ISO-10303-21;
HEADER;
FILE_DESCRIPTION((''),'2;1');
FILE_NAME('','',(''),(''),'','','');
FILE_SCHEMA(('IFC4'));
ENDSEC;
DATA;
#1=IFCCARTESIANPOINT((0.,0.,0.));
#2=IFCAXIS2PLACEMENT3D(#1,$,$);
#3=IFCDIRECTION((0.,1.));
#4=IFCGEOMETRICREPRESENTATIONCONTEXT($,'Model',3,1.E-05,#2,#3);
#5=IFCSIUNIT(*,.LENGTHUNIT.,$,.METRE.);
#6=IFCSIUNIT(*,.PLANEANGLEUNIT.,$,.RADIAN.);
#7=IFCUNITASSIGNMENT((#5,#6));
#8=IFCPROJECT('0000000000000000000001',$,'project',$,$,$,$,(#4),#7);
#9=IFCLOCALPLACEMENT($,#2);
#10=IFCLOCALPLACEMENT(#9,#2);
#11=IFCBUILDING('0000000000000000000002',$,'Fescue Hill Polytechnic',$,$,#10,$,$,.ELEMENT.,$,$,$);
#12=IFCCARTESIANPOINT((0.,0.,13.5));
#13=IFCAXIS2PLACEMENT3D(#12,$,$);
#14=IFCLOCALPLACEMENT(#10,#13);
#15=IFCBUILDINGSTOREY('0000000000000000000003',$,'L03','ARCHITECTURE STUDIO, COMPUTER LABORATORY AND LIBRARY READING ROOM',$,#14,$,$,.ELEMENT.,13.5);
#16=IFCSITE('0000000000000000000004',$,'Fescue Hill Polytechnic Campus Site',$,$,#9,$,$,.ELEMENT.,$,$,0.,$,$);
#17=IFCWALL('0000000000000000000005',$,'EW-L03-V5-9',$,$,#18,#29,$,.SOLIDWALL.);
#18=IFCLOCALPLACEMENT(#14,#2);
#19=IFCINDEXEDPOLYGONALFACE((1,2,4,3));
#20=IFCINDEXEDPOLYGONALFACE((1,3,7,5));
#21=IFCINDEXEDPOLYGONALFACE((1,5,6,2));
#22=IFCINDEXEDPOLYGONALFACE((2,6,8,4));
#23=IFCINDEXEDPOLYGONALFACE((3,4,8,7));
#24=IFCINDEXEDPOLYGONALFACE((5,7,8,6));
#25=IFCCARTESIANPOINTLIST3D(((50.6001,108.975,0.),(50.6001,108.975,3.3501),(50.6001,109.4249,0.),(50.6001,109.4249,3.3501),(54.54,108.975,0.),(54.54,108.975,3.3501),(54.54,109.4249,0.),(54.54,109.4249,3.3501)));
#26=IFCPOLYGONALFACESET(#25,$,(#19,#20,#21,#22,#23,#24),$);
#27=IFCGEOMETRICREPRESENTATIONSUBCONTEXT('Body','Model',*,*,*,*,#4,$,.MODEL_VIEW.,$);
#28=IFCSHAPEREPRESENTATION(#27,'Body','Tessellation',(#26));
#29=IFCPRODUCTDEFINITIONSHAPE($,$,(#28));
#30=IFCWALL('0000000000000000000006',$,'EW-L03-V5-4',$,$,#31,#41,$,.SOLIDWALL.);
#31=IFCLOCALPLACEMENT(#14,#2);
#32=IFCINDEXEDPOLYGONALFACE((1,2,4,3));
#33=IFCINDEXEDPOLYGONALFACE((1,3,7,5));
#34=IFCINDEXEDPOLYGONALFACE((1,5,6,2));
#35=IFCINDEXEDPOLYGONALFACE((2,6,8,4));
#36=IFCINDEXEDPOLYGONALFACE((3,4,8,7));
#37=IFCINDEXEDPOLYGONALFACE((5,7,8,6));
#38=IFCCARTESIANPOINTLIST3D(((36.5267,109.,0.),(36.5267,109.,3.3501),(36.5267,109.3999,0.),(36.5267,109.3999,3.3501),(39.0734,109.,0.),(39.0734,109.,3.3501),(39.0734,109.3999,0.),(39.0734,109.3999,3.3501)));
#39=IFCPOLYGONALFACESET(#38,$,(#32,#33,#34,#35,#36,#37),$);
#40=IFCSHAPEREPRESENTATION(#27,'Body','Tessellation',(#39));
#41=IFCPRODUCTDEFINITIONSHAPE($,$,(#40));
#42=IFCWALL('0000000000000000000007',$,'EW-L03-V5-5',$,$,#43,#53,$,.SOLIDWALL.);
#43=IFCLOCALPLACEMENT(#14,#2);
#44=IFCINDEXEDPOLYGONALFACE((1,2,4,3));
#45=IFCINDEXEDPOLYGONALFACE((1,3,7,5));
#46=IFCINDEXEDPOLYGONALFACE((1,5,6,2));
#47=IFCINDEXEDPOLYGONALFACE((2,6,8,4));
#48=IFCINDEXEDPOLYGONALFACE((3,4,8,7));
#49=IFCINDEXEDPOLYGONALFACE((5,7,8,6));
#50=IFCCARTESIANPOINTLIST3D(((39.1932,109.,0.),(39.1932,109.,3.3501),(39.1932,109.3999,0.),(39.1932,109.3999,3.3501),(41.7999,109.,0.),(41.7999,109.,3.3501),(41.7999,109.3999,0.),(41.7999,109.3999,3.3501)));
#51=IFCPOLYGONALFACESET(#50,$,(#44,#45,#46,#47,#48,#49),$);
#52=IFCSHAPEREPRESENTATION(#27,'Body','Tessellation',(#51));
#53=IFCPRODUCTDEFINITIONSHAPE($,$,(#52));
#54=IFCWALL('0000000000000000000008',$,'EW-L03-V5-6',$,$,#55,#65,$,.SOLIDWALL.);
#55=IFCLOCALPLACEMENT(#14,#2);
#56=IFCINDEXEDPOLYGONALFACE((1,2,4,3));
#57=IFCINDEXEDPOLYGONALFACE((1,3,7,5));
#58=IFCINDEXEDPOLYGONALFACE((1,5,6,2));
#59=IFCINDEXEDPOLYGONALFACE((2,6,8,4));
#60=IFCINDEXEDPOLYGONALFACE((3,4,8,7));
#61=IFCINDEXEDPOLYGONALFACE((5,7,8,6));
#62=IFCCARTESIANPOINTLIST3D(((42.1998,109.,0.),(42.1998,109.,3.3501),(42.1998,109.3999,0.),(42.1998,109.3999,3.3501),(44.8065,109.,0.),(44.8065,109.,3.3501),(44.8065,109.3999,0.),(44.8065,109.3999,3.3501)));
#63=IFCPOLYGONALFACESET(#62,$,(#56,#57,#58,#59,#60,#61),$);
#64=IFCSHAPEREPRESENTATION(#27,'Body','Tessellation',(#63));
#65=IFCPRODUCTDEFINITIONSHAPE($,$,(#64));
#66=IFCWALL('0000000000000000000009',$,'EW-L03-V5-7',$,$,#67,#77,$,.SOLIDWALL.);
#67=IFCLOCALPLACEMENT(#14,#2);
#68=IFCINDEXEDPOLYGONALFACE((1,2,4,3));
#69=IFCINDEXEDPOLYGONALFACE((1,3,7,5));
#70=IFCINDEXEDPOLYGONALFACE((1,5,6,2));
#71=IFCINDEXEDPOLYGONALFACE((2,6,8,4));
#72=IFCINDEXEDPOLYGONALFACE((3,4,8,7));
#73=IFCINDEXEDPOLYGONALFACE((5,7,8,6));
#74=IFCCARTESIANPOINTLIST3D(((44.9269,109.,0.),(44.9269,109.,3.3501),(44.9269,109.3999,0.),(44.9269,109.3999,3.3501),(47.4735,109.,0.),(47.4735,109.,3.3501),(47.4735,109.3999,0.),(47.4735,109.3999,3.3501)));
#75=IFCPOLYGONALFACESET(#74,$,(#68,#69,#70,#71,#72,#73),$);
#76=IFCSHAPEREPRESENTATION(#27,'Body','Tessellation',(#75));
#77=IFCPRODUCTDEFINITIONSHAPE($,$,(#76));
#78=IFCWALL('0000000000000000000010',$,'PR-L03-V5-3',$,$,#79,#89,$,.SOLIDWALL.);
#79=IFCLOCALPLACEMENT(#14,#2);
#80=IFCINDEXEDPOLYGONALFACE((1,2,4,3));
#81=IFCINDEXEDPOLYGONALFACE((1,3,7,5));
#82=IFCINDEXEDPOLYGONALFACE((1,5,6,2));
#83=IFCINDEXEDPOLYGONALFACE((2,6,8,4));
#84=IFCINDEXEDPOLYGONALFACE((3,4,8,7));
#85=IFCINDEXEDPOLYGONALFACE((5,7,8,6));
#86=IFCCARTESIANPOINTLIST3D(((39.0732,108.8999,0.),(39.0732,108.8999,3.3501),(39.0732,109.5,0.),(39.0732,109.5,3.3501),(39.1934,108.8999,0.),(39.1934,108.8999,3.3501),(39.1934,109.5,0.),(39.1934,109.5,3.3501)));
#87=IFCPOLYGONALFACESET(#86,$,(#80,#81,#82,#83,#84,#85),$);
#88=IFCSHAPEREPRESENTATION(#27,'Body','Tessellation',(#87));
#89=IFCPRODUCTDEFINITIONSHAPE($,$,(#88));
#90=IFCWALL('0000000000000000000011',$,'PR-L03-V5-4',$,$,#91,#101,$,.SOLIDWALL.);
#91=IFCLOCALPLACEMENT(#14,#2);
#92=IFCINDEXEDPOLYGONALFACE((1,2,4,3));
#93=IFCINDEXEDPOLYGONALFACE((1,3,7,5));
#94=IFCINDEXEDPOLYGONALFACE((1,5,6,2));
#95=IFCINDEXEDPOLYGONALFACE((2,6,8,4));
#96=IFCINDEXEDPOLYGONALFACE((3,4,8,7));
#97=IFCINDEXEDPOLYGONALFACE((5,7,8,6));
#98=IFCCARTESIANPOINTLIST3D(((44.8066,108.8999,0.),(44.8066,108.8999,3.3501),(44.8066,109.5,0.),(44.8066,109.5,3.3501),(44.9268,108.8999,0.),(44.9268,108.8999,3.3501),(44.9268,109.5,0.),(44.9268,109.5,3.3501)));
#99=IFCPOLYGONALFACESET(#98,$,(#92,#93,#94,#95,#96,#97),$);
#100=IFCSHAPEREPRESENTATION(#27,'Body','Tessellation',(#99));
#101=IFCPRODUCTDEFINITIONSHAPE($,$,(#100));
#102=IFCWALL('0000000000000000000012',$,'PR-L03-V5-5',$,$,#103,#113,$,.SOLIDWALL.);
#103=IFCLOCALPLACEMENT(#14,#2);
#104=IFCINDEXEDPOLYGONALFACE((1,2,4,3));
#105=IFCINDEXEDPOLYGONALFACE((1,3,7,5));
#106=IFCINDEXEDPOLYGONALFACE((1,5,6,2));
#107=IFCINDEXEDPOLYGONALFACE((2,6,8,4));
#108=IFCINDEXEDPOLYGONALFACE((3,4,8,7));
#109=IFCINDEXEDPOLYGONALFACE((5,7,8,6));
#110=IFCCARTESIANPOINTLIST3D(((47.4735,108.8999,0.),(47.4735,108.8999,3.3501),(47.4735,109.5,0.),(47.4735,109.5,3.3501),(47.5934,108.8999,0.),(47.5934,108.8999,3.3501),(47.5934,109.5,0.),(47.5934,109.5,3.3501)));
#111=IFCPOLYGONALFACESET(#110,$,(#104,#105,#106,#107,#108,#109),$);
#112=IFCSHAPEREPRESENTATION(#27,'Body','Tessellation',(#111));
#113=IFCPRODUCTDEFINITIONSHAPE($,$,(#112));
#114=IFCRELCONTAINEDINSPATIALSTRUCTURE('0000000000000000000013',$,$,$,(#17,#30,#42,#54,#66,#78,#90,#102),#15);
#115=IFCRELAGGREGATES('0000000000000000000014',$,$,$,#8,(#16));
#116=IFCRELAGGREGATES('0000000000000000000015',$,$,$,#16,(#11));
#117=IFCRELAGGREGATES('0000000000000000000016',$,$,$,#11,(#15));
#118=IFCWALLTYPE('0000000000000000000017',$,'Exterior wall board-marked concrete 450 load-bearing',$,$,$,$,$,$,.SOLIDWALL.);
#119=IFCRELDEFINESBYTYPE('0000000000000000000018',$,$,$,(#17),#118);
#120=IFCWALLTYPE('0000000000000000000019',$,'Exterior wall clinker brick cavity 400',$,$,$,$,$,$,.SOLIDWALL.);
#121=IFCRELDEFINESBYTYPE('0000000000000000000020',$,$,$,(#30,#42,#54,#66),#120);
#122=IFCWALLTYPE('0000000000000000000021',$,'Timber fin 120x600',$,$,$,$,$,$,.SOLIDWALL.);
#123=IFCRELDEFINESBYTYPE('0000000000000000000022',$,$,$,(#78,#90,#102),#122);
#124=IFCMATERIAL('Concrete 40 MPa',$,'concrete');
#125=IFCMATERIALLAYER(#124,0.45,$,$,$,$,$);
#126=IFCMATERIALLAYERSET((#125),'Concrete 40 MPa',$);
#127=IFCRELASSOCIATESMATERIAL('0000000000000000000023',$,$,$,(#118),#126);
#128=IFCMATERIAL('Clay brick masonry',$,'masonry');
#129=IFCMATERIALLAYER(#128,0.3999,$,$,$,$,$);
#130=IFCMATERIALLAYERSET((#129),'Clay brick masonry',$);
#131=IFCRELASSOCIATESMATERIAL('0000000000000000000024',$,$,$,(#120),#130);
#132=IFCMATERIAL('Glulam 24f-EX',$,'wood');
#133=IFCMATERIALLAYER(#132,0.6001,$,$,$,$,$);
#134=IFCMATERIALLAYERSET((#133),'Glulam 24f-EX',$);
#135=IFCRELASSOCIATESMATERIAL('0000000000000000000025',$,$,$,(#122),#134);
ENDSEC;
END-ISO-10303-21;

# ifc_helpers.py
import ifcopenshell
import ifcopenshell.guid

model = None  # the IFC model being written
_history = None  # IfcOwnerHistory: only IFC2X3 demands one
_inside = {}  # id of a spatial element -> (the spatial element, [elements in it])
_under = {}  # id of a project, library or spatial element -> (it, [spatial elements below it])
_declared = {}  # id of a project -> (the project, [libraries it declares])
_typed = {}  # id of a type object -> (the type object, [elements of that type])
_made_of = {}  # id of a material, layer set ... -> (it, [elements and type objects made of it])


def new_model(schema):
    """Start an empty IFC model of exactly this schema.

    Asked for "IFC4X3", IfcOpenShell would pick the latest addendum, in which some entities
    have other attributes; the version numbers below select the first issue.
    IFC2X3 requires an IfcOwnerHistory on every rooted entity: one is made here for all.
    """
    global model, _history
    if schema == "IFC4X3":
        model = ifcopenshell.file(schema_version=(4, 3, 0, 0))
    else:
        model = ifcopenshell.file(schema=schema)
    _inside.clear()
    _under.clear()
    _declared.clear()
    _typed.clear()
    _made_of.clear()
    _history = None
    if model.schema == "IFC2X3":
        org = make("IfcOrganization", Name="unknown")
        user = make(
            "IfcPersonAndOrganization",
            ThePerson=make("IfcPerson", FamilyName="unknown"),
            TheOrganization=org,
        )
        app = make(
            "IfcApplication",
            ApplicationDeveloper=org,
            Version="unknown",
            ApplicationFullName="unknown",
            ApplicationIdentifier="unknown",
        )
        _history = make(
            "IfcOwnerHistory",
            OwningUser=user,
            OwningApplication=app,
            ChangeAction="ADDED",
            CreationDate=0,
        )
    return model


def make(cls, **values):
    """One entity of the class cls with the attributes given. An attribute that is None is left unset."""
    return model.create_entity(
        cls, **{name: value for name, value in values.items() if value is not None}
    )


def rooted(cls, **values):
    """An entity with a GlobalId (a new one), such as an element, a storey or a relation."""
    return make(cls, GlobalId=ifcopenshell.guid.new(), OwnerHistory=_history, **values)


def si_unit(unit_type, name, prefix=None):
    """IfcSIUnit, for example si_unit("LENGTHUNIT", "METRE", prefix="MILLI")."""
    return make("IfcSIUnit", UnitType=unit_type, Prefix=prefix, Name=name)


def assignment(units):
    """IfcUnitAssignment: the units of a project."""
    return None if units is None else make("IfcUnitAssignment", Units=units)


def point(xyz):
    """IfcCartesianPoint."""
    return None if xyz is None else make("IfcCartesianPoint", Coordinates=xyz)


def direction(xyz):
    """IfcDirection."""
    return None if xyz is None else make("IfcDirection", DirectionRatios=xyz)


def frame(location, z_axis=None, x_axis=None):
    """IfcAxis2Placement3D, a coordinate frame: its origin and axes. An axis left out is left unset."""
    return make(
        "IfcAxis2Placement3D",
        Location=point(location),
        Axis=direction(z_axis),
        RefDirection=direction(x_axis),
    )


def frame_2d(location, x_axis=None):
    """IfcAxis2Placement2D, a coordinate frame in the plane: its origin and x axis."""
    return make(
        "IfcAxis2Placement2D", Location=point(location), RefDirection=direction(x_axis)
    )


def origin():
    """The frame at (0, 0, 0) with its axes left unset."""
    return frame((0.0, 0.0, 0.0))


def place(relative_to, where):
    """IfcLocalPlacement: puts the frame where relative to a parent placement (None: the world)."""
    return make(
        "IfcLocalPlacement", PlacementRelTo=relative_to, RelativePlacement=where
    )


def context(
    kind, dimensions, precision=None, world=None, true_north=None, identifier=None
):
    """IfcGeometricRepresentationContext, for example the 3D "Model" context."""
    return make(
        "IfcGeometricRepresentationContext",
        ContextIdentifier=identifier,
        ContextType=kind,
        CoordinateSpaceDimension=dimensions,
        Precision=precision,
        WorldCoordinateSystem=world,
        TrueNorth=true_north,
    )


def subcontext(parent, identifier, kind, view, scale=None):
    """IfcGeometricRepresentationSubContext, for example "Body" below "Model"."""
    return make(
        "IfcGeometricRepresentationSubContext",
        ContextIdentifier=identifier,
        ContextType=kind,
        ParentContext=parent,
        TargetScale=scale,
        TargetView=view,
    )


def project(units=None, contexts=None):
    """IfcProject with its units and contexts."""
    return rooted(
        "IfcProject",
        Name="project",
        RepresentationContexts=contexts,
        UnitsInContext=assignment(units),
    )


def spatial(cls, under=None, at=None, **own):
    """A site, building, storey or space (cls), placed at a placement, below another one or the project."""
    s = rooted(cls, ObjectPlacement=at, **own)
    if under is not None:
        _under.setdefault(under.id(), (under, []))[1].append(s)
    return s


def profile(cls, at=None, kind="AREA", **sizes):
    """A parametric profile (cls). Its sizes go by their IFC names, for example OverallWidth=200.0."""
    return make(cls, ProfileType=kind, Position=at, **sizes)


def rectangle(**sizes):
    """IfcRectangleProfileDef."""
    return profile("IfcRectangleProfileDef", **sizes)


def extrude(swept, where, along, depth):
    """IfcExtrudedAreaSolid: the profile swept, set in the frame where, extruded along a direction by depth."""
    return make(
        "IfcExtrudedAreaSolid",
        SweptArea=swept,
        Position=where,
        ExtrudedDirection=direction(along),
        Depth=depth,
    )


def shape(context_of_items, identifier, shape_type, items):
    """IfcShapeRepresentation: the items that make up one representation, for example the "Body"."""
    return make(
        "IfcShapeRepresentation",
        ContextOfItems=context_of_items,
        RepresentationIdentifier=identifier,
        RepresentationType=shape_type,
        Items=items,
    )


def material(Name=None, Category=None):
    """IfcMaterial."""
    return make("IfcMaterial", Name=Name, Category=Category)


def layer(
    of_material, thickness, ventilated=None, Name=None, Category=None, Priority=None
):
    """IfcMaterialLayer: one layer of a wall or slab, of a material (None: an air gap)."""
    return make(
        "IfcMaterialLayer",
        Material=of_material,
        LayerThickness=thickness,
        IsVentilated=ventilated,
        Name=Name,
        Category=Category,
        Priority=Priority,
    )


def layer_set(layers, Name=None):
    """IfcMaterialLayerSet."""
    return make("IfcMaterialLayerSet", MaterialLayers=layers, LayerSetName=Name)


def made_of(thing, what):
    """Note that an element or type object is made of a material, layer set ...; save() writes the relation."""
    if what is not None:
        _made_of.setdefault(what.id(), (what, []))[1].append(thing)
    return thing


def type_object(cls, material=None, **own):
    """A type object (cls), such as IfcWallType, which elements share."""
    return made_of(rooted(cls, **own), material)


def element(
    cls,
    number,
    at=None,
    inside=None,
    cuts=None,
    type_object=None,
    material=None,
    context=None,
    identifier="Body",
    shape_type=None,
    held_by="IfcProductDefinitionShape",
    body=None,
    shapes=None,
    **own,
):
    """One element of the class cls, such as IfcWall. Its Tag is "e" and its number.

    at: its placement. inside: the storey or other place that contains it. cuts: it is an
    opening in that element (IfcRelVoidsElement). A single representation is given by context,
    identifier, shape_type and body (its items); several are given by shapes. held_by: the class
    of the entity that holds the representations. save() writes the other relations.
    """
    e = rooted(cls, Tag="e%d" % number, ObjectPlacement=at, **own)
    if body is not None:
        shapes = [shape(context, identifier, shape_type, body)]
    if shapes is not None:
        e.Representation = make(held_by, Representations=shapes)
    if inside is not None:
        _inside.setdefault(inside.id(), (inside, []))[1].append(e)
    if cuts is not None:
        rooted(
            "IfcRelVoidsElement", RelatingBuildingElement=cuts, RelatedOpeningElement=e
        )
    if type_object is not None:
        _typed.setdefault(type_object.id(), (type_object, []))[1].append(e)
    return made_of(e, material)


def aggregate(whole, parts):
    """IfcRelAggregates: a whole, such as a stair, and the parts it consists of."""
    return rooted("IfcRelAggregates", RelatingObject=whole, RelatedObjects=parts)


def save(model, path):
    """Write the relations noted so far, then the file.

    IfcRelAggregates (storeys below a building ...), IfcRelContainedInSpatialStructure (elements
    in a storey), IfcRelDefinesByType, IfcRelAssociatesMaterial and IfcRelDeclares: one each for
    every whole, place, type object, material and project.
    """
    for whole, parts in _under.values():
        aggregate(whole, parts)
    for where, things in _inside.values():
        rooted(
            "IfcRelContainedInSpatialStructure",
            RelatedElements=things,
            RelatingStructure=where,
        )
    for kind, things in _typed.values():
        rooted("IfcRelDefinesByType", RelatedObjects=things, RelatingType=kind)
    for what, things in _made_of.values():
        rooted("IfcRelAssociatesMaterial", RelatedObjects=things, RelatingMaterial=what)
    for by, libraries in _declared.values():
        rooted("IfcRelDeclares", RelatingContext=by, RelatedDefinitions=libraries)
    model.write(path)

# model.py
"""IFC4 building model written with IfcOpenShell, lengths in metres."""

from ifc_helpers import new_model, si_unit, direction, frame, frame_2d, origin, place, context, subcontext, project, spatial, rectangle, extrude, material, layer, layer_set, type_object, element, save


model = new_model("IFC4")

# Units and contexts
model_context = context("Model", 3, precision=1e-05, world=origin(), true_north=direction((0.0, 1.0)))
body_context = subcontext(model_context, "Body", "Model", "MODEL_VIEW")
ifc_project = project(units=[si_unit("LENGTHUNIT", "METRE"), si_unit("PLANEANGLEUNIT", "RADIAN")], contexts=[model_context])

# Site, building, storey
site_placement = place(None, origin())
site = spatial("IfcSite", under=ifc_project, at=site_placement, Name="Fescue Hill Polytechnic Campus Site", CompositionType="ELEMENT", RefElevation=0.0)
building_placement = place(site_placement, origin())
building = spatial("IfcBuilding", under=site, at=building_placement, Name="Fescue Hill Polytechnic", CompositionType="ELEMENT")
storey_placement = place(building_placement, frame((0.0, 0.0, 13.5)))
storey = spatial("IfcBuildingStorey", under=building, at=storey_placement, Name="L03", Description="ARCHITECTURE STUDIO, COMPUTER LABORATORY AND LIBRARY READING ROOM", CompositionType="ELEMENT", Elevation=13.5)

# Shared definitions
ifc_material_1 = material(Name="Concrete 40 MPa", Category="concrete")

# Walls
ifc_layer_1 = layer(ifc_material_1, 0.45)
ifc_layer_set_1 = layer_set([ifc_layer_1], Name="Concrete 40 MPa")
wall_type_1 = type_object("IfcWallType", Name="Exterior wall board-marked concrete 450 load-bearing", PredefinedType="SOLIDWALL", material=ifc_layer_set_1)
wall_1_placement = place(storey_placement, frame((50.6001, 109.2, 0.0), z_axis=(0.0, 0.0, 1.0), x_axis=(1.0, 0.0, 0.0)))
element("IfcWall", 1, at=wall_1_placement, inside=storey, type_object=wall_type_1, Name="EW-L03-V5-9", PredefinedType="SOLIDWALL", context=body_context, shape_type="SweptSolid", body=[
    extrude(rectangle(XDim=3.9399, YDim=0.45, at=frame_2d((1.97, 0.0))), origin(), (0.0, 0.0, 1.0), 3.3501),
])
ifc_material_2 = material(Name="Clay brick masonry", Category="masonry")
ifc_layer_2 = layer(ifc_material_2, 0.3999)
ifc_layer_set_2 = layer_set([ifc_layer_2], Name="Clay brick masonry")
wall_type_2 = type_object("IfcWallType", Name="Exterior wall clinker brick cavity 400", PredefinedType="SOLIDWALL", material=ifc_layer_set_2)
wall_2_placement = place(storey_placement, frame((36.5266, 109.2, 0.0), z_axis=(0.0, 0.0, 1.0), x_axis=(1.0, 0.0, 0.0)))
element("IfcWall", 2, at=wall_2_placement, inside=storey, type_object=wall_type_2, Name="EW-L03-V5-4", PredefinedType="SOLIDWALL", context=body_context, shape_type="SweptSolid", body=[
    extrude(rectangle(XDim=2.5466, YDim=0.3999, at=frame_2d((1.2734, 0.0))), origin(), (0.0, 0.0, 1.0), 3.3501),
])
for number, where, z_axis, x_axis, name in (
    (3, (39.1934, 109.2, 0.0), (0.0, 0.0, 1.0), (1.0, 0.0, 0.0), "EW-L03-V5-5"),
    (4, (42.2, 109.2, 0.0), (0.0, 0.0, 1.0), (1.0, 0.0, 0.0), "EW-L03-V5-6"),
):
    element("IfcWall", number, at=place(storey_placement, frame(where, z_axis=z_axis, x_axis=x_axis)), inside=storey, type_object=wall_type_2, Name=name, PredefinedType="SOLIDWALL", context=body_context, shape_type="SweptSolid", body=[
        extrude(rectangle(XDim=2.6067, YDim=0.3999, at=frame_2d((1.3032, 0.0))), origin(), (0.0, 0.0, 1.0), 3.3501),
    ])
wall_3_placement = place(storey_placement, frame((44.9268, 109.2, 0.0), z_axis=(0.0, 0.0, 1.0), x_axis=(1.0, 0.0, 0.0)))
element("IfcWall", 5, at=wall_3_placement, inside=storey, type_object=wall_type_2, Name="EW-L03-V5-7", PredefinedType="SOLIDWALL", context=body_context, shape_type="SweptSolid", body=[
    extrude(rectangle(XDim=2.5466, YDim=0.3999, at=frame_2d((1.2734, 0.0))), origin(), (0.0, 0.0, 1.0), 3.3501),
])
ifc_material_3 = material(Name="Glulam 24f-EX", Category="wood")
ifc_layer_3 = layer(ifc_material_3, 0.6001)
ifc_layer_set_3 = layer_set([ifc_layer_3], Name="Glulam 24f-EX")
wall_type_3 = type_object("IfcWallType", Name="Timber fin 120x600", PredefinedType="SOLIDWALL", material=ifc_layer_set_3)
for number, where, z_axis, x_axis, name in (
    (6, (39.0732, 109.2, 0.0), (0.0, 0.0, 1.0), (1.0, 0.0, 0.0), "PR-L03-V5-3"),
    (7, (44.8066, 109.2, 0.0), (0.0, 0.0, 1.0), (1.0, 0.0, 0.0), "PR-L03-V5-4"),
):
    element("IfcWall", number, at=place(storey_placement, frame(where, z_axis=z_axis, x_axis=x_axis)), inside=storey, type_object=wall_type_3, Name=name, PredefinedType="SOLIDWALL", context=body_context, shape_type="SweptSolid", body=[
        extrude(rectangle(XDim=0.1201, YDim=0.6001, at=frame_2d((0.0601, 0.0))), origin(), (0.0, 0.0, 1.0), 3.3501),
    ])
wall_4_placement = place(storey_placement, frame((47.4734, 109.2, 0.0), z_axis=(0.0, 0.0, 1.0), x_axis=(1.0, 0.0, 0.0)))
element("IfcWall", 8, at=wall_4_placement, inside=storey, type_object=wall_type_3, Name="PR-L03-V5-5", PredefinedType="SOLIDWALL", context=body_context, shape_type="SweptSolid", body=[
    extrude(rectangle(XDim=0.1199, YDim=0.6001, at=frame_2d((0.0601, 0.0))), origin(), (0.0, 0.0, 1.0), 3.3501),
])

save(model, "model.ifc")
